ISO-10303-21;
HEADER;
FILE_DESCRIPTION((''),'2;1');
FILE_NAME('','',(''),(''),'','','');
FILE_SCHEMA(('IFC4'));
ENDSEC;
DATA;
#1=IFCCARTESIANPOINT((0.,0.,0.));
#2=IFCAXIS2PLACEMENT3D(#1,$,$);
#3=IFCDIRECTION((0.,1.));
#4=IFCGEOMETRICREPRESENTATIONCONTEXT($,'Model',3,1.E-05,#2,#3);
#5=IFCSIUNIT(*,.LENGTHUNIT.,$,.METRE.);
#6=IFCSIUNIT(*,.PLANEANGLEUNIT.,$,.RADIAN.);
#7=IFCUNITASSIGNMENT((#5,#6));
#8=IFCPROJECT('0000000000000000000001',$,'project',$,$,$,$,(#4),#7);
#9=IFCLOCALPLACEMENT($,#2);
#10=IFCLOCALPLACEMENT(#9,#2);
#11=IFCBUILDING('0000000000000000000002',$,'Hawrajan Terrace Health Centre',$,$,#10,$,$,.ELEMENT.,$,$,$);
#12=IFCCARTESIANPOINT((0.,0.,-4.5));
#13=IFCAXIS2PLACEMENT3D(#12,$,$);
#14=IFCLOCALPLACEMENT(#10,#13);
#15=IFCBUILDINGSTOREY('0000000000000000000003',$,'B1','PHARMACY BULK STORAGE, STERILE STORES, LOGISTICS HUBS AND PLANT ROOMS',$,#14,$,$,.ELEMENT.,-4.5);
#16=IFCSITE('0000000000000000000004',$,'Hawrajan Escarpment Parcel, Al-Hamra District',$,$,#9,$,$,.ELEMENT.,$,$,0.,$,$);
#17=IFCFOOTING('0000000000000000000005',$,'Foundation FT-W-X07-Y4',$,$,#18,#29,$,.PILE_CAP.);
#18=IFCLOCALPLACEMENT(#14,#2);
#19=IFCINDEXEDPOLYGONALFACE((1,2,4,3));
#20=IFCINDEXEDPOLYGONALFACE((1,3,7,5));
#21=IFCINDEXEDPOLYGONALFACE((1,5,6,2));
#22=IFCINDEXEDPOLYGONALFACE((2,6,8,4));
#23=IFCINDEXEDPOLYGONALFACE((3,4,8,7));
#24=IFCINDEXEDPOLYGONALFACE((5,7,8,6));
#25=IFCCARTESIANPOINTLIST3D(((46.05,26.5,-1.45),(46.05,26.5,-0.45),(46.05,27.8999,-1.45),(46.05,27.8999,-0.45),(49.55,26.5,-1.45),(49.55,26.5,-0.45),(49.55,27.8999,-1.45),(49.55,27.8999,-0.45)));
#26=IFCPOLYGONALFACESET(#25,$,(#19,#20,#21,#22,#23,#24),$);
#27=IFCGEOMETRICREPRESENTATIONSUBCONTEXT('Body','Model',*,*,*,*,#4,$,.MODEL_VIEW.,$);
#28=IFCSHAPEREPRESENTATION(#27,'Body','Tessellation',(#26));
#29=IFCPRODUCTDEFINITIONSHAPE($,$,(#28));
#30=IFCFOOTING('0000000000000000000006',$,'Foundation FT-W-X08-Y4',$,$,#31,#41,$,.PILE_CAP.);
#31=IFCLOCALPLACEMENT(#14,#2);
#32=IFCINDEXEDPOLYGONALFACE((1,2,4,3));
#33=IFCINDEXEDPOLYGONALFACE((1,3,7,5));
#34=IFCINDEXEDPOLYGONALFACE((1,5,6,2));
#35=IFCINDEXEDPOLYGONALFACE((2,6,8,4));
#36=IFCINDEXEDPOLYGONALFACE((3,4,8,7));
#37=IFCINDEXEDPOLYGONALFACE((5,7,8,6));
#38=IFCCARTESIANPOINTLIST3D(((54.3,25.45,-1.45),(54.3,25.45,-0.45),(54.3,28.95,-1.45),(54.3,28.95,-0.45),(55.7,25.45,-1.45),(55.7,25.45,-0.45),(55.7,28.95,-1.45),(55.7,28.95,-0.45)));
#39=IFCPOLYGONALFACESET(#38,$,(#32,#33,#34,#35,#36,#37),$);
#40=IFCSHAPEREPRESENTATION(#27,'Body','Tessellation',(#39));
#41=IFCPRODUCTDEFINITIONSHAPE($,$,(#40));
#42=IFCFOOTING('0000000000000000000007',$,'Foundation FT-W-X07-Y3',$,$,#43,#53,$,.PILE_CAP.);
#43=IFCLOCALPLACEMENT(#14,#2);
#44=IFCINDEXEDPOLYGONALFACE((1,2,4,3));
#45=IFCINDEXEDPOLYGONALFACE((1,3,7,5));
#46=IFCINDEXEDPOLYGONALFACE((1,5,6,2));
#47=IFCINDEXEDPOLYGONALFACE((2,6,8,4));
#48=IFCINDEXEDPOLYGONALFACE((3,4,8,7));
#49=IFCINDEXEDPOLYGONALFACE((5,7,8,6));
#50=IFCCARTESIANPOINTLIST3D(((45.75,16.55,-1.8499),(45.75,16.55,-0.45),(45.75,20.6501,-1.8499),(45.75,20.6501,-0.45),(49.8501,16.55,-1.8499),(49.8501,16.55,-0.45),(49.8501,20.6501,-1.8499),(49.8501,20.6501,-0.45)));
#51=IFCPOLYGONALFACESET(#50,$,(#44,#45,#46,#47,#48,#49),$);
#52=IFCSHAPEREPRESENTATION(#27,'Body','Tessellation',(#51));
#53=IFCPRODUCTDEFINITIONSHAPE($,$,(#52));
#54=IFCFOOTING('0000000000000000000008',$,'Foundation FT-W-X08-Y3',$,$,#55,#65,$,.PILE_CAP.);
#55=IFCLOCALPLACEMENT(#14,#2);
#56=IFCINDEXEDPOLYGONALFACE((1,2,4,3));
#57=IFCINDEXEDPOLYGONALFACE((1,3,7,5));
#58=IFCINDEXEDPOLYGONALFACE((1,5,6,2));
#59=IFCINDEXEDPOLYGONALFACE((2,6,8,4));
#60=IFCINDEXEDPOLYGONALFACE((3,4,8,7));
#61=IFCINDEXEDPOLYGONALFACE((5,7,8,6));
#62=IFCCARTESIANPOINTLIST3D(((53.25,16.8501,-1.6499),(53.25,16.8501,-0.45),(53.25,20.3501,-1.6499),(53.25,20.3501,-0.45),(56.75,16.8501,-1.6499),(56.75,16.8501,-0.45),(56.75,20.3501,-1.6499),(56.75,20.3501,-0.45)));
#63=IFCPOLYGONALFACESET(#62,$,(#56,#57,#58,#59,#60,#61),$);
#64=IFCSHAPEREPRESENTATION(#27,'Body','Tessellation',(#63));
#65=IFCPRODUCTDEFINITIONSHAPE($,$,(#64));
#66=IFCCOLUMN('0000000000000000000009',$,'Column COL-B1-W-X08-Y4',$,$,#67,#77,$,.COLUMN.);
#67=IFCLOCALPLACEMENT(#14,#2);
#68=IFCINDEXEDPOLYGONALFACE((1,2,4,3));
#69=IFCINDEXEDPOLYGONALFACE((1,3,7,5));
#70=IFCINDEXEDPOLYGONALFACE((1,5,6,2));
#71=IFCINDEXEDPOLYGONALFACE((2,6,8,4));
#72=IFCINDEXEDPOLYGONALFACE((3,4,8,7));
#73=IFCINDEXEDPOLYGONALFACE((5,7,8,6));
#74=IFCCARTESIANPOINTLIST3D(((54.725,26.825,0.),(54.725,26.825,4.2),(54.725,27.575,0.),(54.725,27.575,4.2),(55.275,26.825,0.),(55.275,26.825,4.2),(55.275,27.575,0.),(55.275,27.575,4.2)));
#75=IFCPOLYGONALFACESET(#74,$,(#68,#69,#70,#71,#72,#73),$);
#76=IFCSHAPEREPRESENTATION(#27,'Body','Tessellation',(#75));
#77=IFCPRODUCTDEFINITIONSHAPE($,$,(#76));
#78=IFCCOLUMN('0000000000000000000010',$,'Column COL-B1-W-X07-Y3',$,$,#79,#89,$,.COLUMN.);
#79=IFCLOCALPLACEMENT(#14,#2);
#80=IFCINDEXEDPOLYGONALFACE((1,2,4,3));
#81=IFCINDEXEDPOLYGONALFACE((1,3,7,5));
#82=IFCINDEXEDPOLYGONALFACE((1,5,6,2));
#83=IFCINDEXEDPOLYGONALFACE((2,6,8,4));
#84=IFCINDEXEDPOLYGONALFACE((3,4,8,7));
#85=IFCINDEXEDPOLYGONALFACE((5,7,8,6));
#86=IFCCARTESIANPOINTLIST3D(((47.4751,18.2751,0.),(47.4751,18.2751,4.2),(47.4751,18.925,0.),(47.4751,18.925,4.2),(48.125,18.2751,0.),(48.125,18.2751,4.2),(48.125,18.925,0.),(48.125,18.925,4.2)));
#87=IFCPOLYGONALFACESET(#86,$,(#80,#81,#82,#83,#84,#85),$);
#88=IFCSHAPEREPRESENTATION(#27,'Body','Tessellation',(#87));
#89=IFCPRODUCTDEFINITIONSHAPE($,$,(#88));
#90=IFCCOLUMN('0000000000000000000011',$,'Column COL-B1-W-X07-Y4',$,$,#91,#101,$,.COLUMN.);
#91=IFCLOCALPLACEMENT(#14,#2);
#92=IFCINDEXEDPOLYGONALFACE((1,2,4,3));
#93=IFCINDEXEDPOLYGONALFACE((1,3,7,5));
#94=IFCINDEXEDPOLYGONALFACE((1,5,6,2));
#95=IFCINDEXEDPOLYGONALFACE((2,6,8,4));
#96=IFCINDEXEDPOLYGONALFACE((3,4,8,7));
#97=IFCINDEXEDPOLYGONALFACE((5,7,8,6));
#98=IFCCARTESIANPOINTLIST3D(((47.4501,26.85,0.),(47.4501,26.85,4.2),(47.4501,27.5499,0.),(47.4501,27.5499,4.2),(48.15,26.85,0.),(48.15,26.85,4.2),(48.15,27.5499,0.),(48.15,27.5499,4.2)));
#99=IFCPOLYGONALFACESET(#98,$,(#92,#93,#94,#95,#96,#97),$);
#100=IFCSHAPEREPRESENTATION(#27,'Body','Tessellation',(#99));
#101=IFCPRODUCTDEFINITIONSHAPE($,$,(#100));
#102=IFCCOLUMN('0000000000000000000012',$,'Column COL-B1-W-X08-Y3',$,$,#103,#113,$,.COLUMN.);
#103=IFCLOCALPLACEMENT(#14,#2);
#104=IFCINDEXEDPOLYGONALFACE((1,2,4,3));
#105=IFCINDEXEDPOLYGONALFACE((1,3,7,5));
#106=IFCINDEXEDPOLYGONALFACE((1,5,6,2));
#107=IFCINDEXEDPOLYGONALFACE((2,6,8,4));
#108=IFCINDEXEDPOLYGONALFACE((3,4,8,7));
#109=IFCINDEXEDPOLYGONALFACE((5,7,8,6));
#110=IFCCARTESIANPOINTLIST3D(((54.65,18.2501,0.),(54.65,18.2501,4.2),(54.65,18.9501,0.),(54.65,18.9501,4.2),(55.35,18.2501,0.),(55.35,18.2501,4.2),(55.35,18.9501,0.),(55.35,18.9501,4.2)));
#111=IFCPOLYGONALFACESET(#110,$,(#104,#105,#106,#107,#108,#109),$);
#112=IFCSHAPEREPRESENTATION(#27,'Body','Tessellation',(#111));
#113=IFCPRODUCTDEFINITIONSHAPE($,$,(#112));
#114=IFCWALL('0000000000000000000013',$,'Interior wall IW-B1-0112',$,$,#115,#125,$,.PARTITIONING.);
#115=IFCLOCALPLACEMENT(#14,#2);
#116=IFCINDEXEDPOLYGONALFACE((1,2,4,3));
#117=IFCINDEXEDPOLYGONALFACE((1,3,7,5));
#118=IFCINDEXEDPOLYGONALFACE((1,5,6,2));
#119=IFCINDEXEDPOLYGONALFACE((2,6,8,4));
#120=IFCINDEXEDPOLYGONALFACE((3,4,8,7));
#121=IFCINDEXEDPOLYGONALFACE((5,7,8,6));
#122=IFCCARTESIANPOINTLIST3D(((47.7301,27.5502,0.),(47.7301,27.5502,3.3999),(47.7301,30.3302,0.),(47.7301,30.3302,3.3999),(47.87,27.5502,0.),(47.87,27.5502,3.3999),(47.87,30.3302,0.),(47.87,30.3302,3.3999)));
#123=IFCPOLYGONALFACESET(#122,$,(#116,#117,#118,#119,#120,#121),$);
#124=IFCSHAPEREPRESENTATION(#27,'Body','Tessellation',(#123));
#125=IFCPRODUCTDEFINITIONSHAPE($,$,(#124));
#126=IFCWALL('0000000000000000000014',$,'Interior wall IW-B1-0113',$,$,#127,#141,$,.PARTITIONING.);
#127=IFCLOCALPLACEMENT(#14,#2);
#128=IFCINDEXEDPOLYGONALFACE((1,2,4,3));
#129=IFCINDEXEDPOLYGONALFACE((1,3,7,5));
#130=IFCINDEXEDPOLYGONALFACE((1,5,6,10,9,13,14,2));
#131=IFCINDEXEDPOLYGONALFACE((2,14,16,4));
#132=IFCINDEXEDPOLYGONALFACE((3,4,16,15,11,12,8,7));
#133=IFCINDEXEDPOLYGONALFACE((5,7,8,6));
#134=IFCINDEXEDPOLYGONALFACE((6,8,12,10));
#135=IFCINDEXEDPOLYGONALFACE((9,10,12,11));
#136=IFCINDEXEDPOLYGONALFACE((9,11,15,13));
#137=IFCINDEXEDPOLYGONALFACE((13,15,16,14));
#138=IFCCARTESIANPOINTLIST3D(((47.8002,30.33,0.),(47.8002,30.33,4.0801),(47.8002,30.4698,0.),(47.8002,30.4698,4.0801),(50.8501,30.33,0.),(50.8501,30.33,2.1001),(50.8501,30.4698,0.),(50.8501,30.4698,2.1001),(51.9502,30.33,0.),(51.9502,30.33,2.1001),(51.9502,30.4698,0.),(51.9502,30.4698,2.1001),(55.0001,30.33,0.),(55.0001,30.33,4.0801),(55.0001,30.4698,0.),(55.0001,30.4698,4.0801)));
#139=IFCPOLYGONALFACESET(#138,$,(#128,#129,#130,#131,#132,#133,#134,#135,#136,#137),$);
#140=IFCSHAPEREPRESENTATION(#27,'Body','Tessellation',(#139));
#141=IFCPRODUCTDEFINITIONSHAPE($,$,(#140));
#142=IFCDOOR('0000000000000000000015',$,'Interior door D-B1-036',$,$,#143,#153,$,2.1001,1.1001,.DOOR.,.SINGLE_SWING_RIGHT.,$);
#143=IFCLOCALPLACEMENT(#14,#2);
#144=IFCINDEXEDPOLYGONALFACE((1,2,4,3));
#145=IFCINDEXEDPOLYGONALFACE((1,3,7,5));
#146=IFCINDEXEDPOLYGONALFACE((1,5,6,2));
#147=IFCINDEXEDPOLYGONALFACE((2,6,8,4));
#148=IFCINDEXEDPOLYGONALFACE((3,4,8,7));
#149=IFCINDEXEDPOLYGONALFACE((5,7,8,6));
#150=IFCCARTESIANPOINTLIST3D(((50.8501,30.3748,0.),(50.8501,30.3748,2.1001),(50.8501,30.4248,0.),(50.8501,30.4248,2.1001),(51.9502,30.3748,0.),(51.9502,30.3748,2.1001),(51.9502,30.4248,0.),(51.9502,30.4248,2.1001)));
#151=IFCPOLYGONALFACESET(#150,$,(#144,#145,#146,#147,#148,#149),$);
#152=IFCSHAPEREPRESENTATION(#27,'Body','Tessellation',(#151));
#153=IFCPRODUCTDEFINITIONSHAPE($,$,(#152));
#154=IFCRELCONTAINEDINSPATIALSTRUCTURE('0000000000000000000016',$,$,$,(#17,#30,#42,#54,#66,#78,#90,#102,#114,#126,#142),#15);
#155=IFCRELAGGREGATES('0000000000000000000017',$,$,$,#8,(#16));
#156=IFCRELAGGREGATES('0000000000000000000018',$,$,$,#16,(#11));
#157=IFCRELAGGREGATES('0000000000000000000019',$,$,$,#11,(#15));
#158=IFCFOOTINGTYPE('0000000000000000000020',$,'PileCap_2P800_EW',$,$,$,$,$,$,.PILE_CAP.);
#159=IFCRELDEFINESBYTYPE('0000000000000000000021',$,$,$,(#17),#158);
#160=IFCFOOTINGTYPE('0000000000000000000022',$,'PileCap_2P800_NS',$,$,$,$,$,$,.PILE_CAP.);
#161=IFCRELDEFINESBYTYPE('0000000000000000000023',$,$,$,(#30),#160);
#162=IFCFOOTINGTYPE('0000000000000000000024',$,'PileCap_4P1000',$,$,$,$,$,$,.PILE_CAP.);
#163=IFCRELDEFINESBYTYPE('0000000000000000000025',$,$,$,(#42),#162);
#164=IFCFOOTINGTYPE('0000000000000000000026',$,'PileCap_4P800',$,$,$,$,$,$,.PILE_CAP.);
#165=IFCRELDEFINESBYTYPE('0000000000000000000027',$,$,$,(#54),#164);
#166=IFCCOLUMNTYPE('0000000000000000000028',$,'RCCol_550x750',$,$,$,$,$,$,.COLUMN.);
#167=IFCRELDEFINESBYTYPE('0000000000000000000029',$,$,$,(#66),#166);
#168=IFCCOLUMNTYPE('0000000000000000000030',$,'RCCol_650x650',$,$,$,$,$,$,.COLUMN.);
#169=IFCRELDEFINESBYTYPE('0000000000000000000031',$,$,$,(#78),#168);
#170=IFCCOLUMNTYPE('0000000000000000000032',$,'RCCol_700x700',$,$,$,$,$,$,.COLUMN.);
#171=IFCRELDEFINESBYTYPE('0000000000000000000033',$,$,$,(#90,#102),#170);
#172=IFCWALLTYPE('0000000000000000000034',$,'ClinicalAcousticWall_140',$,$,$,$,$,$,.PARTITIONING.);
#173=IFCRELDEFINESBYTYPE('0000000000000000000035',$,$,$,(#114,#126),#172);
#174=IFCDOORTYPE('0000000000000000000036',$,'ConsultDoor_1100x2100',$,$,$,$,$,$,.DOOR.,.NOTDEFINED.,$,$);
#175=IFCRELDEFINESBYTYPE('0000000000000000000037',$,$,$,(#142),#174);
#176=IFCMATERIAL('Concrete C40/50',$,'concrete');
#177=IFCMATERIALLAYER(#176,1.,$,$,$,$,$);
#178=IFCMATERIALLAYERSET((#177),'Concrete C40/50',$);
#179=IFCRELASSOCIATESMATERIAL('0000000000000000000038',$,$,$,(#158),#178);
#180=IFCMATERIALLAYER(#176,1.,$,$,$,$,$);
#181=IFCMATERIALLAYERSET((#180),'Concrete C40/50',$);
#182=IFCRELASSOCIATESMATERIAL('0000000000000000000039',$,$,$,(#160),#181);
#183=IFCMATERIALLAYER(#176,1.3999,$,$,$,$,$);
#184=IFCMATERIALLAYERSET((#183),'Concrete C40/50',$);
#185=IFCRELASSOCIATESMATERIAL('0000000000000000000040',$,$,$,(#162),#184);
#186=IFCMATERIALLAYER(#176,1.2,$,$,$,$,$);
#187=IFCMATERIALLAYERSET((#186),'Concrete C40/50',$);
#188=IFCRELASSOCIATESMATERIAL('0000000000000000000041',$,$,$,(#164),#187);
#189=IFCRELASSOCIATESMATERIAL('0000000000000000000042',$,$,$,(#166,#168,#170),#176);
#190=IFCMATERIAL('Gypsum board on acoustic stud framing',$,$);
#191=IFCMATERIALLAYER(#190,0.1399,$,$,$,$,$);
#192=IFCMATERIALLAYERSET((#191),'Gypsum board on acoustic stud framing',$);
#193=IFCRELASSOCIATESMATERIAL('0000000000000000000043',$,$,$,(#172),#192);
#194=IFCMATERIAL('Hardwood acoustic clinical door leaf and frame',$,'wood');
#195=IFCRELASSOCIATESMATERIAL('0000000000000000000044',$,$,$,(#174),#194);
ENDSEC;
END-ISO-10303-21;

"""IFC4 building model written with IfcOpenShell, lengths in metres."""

from ifc_helpers import new_model, si_unit, direction, frame, frame_2d, origin, origin_2d, place, context, subcontext, project, spatial, rectangle, extrude, material, layer, layer_set, material_profile, profile_set, type_object, element, fill, save


model = new_model("IFC4")

# Units and contexts
model_context = context("Model", 3, precision=1e-05, world=origin(), true_north=direction((0.0, 1.0)))
body_context = subcontext(model_context, "Body", "Model", "MODEL_VIEW")
ifc_project = project(units=[si_unit("LENGTHUNIT", "METRE"), si_unit("PLANEANGLEUNIT", "RADIAN")], contexts=[model_context])

# Site, building, storey
site_placement = place(None, origin())
site = spatial("IfcSite", under=ifc_project, at=site_placement, Name="Hawrajan Escarpment Parcel, Al-Hamra District", CompositionType="ELEMENT", RefElevation=0.0)
building_placement = place(site_placement, origin())
building = spatial("IfcBuilding", under=site, at=building_placement, Name="Hawrajan Terrace Health Centre", CompositionType="ELEMENT")
storey_placement = place(building_placement, frame((0.0, 0.0, -4.5)))
storey = spatial("IfcBuildingStorey", under=building, at=storey_placement, Name="B1", Description="PHARMACY BULK STORAGE, STERILE STORES, LOGISTICS HUBS AND PLANT ROOMS", CompositionType="ELEMENT", Elevation=-4.5)

# Shared definitions
ifc_material_1 = material(Name="Concrete C40/50", Category="concrete")

# Footings
ifc_layer_1 = layer(ifc_material_1, 1.0)
ifc_layer_set_1 = layer_set([ifc_layer_1], Name="Concrete C40/50")
footing_type_1 = type_object("IfcFootingType", Name="PileCap_2P800_EW", PredefinedType="PILE_CAP", material=ifc_layer_set_1)
footing_1_placement = place(storey_placement, frame((47.8, 27.2, -1.45), z_axis=(0.0, 0.0, 1.0), x_axis=(1.0, 0.0, 0.0)))
element("IfcFooting", 1, at=footing_1_placement, inside=storey, type_object=footing_type_1, Name="Foundation FT-W-X07-Y4", PredefinedType="PILE_CAP", context=body_context, shape_type="SweptSolid", body=[
    extrude(rectangle(XDim=3.5, YDim=1.3999, at=origin_2d()), origin(), (0.0, 0.0, 1.0), 1.0),
])
ifc_layer_2 = layer(ifc_material_1, 1.0)
ifc_layer_set_2 = layer_set([ifc_layer_2], Name="Concrete C40/50")
footing_type_2 = type_object("IfcFootingType", Name="PileCap_2P800_NS", PredefinedType="PILE_CAP", material=ifc_layer_set_2)
footing_2_placement = place(storey_placement, frame((55.0, 27.2, -1.45), z_axis=(0.0, 0.0, 1.0), x_axis=(1.0, 0.0, 0.0)))
element("IfcFooting", 2, at=footing_2_placement, inside=storey, type_object=footing_type_2, Name="Foundation FT-W-X08-Y4", PredefinedType="PILE_CAP", context=body_context, shape_type="SweptSolid", body=[
    extrude(rectangle(XDim=1.3999, YDim=3.5, at=origin_2d()), origin(), (0.0, 0.0, 1.0), 1.0),
])
ifc_layer_3 = layer(ifc_material_1, 1.3999)
ifc_layer_set_3 = layer_set([ifc_layer_3], Name="Concrete C40/50")
footing_type_3 = type_object("IfcFootingType", Name="PileCap_4P1000", PredefinedType="PILE_CAP", material=ifc_layer_set_3)
footing_3_placement = place(storey_placement, frame((47.8, 18.6001, -1.8499), z_axis=(0.0, 0.0, 1.0), x_axis=(1.0, 0.0, 0.0)))
element("IfcFooting", 3, at=footing_3_placement, inside=storey, type_object=footing_type_3, Name="Foundation FT-W-X07-Y3", PredefinedType="PILE_CAP", context=body_context, shape_type="SweptSolid", body=[
    extrude(rectangle(XDim=4.1001, YDim=4.1001, at=origin_2d()), origin(), (0.0, 0.0, 1.0), 1.3999),
])
ifc_layer_4 = layer(ifc_material_1, 1.2)
ifc_layer_set_4 = layer_set([ifc_layer_4], Name="Concrete C40/50")
footing_type_4 = type_object("IfcFootingType", Name="PileCap_4P800", PredefinedType="PILE_CAP", material=ifc_layer_set_4)
footing_4_placement = place(storey_placement, frame((55.0, 18.6001, -1.6499), z_axis=(0.0, 0.0, 1.0), x_axis=(1.0, 0.0, 0.0)))
element("IfcFooting", 4, at=footing_4_placement, inside=storey, type_object=footing_type_4, Name="Foundation FT-W-X08-Y3", PredefinedType="PILE_CAP", context=body_context, shape_type="SweptSolid", body=[
    extrude(rectangle(XDim=3.5, YDim=3.5, at=origin_2d()), origin(), (0.0, 0.0, 1.0), 1.2),
])

# Columns
ifc_material_profile_1 = material_profile(ifc_material_1, rectangle(XDim=0.55, YDim=0.75, at=origin_2d()), Name="RC 550x750")
ifc_profile_set_1 = profile_set([ifc_material_profile_1], Name="Concrete C40/50")
column_type_1 = type_object("IfcColumnType", Name="RCCol_550x750", PredefinedType="COLUMN", material=ifc_profile_set_1)
column_1_placement = place(storey_placement, frame((55.0, 27.2, 0.0), z_axis=(0.0, 0.0, 1.0), x_axis=(1.0, 0.0, 0.0)))
element("IfcColumn", 5, at=column_1_placement, inside=storey, type_object=column_type_1, Name="Column COL-B1-W-X08-Y4", PredefinedType="COLUMN", context=body_context, shape_type="SweptSolid", body=[
    extrude(rectangle(XDim=0.55, YDim=0.75, at=origin_2d()), origin(), (0.0, 0.0, 1.0), 4.2),
])
ifc_material_profile_2 = material_profile(ifc_material_1, rectangle(XDim=0.6499, YDim=0.6499, at=origin_2d()), Name="RC 650x650")
ifc_profile_set_2 = profile_set([ifc_material_profile_2], Name="Concrete C40/50")
column_type_2 = type_object("IfcColumnType", Name="RCCol_650x650", PredefinedType="COLUMN", material=ifc_profile_set_2)
column_2_placement = place(storey_placement, frame((47.8, 18.6001, 0.0), z_axis=(0.0, 0.0, 1.0), x_axis=(1.0, 0.0, 0.0)))
element("IfcColumn", 6, at=column_2_placement, inside=storey, type_object=column_type_2, Name="Column COL-B1-W-X07-Y3", PredefinedType="COLUMN", context=body_context, shape_type="SweptSolid", body=[
    extrude(rectangle(XDim=0.6499, YDim=0.6499, at=origin_2d()), origin(), (0.0, 0.0, 1.0), 4.2),
])
ifc_material_profile_3 = material_profile(ifc_material_1, rectangle(XDim=0.7, YDim=0.7, at=origin_2d()), Name="RC 700x700")
ifc_profile_set_3 = profile_set([ifc_material_profile_3], Name="Concrete C40/50")
column_type_3 = type_object("IfcColumnType", Name="RCCol_700x700", PredefinedType="COLUMN", material=ifc_profile_set_3)
for number, where, z_axis, x_axis, name in (
    (7, (47.8, 27.2, 0.0), (0.0, 0.0, 1.0), (1.0, 0.0, 0.0), "Column COL-B1-W-X07-Y4"),
    (8, (55.0, 18.6001, 0.0), (0.0, 0.0, 1.0), (1.0, 0.0, 0.0), "Column COL-B1-W-X08-Y3"),
):
    element("IfcColumn", number, at=place(storey_placement, frame(where, z_axis=z_axis, x_axis=x_axis)), inside=storey, type_object=column_type_3, Name=name, PredefinedType="COLUMN", context=body_context, shape_type="SweptSolid", body=[
        extrude(rectangle(XDim=0.7, YDim=0.7, at=origin_2d()), origin(), (0.0, 0.0, 1.0), 4.2),
    ])

# Wall
ifc_material_2 = material(Name="Gypsum board on acoustic stud framing")
ifc_layer_5 = layer(ifc_material_2, 0.1399)
ifc_layer_set_5 = layer_set([ifc_layer_5], Name="Gypsum board on acoustic stud framing")
wall_type_1 = type_object("IfcWallType", Name="ClinicalAcousticWall_140", PredefinedType="PARTITIONING", material=ifc_layer_set_5)
wall_1_placement = place(storey_placement, frame((47.8, 27.55, 0.0), z_axis=(0.0, 0.0, 1.0), x_axis=(0.0, 1.0, 0.0)))
element("IfcWall", 9, at=wall_1_placement, inside=storey, type_object=wall_type_1, Name="Interior wall IW-B1-0112", PredefinedType="PARTITIONING", context=body_context, shape_type="SweptSolid", body=[
    extrude(rectangle(XDim=2.78, YDim=0.1399, at=frame_2d((1.3901, 0.0))), origin(), (0.0, 0.0, 1.0), 3.3999),
])

# Wall, opening, door
wall_2_placement = place(storey_placement, frame((47.8, 30.3999, 0.0), z_axis=(0.0, 0.0, 1.0), x_axis=(1.0, 0.0, 0.0)))
wall_2 = element("IfcWall", 10, at=wall_2_placement, inside=storey, type_object=wall_type_1, Name="Interior wall IW-B1-0113", PredefinedType="PARTITIONING", context=body_context, shape_type="SweptSolid", body=[
    extrude(rectangle(XDim=7.2, YDim=0.1399, at=frame_2d((3.6001, 0.0))), origin(), (0.0, 0.0, 1.0), 4.0801),
])
opening_1_placement = place(wall_2_placement, frame((3.05, 0.0, 0.0)))
opening_1 = element("IfcOpeningElement", 11, at=opening_1_placement, cuts=wall_2, PredefinedType="OPENING", context=body_context, shape_type="SweptSolid", body=[
    extrude(rectangle(XDim=1.1001, YDim=2.1001, at=frame_2d((0.55, 1.05))), frame((0.0, 0.0798, 0.0), z_axis=(0.0, -1.0, 0.0), x_axis=(1.0, 0.0, 0.0)), (0.0, 0.0, 1.0), 0.1599),
])
ifc_material_3 = material(Name="Hardwood acoustic clinical door leaf and frame", Category="wood")
door_type_1 = type_object("IfcDoorType", Name="ConsultDoor_1100x2100", OperationType="NOTDEFINED", PredefinedType="DOOR", material=ifc_material_3)
door_1_placement = place(opening_1_placement, origin())
door_1 = element("IfcDoor", 12, at=door_1_placement, inside=storey, type_object=door_type_1, Name="Interior door D-B1-036", OperationType="SINGLE_SWING_RIGHT", OverallHeight=2.1001, OverallWidth=1.1001, PredefinedType="DOOR", context=body_context, shape_type="SweptSolid", body=[
    extrude(rectangle(XDim=1.1001, YDim=2.1001, at=frame_2d((0.55, 1.05))), frame((0.0, 0.0249, 0.0), z_axis=(0.0, -1.0, 0.0), x_axis=(1.0, 0.0, 0.0)), (0.0, 0.0, 1.0), 0.05),
])
fill(opening_1, door_1)

save(model, "model.ifc")
